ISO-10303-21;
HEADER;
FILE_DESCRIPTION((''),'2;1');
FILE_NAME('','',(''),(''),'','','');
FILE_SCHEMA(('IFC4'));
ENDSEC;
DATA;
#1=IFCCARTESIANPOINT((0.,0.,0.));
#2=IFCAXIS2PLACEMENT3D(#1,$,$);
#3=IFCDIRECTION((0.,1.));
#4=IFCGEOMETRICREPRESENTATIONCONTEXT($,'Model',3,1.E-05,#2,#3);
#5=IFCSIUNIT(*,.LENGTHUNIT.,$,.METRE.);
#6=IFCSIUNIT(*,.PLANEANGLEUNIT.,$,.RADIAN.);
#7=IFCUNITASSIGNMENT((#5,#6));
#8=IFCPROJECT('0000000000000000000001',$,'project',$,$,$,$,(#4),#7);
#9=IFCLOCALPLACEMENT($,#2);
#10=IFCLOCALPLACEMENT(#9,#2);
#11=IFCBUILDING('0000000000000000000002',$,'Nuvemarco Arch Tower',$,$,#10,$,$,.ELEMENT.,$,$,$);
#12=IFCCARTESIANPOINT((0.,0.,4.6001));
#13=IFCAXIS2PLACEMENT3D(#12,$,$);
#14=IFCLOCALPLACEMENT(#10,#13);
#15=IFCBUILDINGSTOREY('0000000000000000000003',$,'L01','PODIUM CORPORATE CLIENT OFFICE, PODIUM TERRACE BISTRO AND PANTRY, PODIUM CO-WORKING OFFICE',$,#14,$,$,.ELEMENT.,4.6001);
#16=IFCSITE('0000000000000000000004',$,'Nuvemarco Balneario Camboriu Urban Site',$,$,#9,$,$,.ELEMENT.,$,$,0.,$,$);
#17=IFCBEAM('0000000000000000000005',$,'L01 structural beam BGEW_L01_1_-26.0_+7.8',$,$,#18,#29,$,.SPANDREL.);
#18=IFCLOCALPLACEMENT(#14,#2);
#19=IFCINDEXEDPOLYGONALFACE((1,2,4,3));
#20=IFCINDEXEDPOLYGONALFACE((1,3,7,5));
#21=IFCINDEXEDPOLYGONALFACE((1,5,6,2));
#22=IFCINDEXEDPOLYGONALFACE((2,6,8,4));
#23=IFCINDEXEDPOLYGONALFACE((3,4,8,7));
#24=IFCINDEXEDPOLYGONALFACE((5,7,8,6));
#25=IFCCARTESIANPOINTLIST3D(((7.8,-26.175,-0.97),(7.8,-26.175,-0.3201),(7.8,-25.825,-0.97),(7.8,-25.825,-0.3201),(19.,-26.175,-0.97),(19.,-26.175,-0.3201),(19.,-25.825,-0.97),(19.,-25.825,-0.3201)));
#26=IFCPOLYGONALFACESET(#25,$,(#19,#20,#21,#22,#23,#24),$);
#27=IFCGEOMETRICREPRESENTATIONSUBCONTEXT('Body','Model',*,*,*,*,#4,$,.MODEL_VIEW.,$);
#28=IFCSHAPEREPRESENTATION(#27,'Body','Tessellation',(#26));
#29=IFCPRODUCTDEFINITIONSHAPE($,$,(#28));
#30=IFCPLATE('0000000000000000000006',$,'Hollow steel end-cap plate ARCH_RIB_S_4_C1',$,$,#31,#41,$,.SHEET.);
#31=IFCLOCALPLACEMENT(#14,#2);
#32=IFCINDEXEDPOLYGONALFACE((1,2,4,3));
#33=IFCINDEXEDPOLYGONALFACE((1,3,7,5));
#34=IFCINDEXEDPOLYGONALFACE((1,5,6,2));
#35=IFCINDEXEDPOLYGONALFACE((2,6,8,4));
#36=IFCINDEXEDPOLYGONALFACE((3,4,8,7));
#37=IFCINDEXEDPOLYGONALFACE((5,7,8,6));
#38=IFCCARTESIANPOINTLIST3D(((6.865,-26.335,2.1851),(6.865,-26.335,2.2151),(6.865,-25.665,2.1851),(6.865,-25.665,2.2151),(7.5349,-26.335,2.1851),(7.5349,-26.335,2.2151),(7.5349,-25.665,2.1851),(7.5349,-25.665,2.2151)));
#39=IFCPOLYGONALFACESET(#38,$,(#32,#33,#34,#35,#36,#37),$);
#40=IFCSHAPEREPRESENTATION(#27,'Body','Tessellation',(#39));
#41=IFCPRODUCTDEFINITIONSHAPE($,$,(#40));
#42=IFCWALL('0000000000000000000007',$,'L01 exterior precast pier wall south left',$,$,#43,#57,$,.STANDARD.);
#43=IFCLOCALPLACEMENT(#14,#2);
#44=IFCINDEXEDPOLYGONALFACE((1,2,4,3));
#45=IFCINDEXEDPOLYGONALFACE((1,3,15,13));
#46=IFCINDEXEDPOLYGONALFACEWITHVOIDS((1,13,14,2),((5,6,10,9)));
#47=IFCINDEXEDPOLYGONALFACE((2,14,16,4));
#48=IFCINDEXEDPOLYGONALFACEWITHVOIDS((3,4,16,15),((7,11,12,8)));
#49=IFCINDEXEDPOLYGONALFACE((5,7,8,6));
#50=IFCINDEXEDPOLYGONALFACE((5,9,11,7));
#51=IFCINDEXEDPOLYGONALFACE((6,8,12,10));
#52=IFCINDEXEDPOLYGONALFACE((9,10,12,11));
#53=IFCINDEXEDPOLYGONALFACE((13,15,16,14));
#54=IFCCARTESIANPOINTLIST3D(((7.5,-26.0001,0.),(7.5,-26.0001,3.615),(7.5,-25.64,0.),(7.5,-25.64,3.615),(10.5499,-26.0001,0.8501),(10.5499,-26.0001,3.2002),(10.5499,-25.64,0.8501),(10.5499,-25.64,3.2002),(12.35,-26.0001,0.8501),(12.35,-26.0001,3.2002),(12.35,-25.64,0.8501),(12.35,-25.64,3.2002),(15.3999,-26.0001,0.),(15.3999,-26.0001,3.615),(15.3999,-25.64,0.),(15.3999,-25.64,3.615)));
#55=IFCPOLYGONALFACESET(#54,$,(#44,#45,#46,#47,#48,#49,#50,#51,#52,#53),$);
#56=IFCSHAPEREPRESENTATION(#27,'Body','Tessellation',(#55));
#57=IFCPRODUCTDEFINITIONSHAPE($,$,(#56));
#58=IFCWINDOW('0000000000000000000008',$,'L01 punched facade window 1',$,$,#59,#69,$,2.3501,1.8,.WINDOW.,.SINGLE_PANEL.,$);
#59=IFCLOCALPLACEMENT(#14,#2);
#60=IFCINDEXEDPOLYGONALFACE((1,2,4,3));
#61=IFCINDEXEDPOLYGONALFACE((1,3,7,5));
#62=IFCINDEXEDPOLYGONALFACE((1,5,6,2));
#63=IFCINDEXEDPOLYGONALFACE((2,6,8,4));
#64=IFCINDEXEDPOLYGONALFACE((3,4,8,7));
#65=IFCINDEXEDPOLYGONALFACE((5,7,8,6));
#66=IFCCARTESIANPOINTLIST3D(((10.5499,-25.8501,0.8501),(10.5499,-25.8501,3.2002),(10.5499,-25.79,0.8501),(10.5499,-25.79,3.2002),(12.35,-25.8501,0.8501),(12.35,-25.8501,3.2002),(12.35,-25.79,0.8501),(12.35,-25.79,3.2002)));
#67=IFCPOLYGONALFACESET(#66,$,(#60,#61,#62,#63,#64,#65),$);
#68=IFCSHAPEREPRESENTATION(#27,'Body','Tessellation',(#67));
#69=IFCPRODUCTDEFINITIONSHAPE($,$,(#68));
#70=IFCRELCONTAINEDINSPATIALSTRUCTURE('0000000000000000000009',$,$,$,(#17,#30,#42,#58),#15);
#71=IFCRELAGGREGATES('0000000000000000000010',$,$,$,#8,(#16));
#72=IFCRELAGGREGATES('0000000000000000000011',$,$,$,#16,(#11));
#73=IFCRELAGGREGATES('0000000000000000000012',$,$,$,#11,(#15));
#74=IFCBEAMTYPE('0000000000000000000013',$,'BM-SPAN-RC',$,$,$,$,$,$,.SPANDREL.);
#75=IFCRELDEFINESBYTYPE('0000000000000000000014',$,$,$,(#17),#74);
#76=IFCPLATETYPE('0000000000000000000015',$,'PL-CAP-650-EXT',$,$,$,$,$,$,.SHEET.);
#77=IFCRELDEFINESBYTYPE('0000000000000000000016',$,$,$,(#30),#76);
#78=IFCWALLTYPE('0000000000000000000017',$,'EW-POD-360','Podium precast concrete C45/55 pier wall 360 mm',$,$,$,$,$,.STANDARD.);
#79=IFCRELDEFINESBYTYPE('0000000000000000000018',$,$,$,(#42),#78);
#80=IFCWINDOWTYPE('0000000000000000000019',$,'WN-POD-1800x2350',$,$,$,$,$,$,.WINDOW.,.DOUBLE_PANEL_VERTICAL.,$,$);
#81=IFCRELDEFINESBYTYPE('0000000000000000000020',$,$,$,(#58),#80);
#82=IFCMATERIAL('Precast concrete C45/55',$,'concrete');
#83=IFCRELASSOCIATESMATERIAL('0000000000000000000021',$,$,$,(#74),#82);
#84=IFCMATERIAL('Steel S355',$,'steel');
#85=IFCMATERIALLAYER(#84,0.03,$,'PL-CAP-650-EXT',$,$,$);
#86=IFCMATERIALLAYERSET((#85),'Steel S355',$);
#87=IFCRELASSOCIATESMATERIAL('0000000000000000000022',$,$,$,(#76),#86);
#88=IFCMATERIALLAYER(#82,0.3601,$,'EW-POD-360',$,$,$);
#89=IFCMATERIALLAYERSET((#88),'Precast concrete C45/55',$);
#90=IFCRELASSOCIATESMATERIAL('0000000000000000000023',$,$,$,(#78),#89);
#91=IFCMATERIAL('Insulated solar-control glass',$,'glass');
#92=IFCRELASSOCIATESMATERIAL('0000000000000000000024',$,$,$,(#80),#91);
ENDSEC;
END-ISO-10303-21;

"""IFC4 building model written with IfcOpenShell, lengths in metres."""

from ifc_helpers import new_model, si_unit, direction, frame, frame_2d, origin, origin_2d, place, context, subcontext, project, spatial, rectangle, extrude, source, transform, mapped, material, layer, layer_set, material_profile, profile_set, type_object, type_shapes, element, fill, save


model = new_model("IFC4")

# Units and contexts
model_context = context("Model", 3, precision=1e-05, world=origin(), true_north=direction((0.0, 1.0)))
body_context = subcontext(model_context, "Body", "Model", "MODEL_VIEW")
ifc_project = project(units=[si_unit("LENGTHUNIT", "METRE"), si_unit("PLANEANGLEUNIT", "RADIAN")], contexts=[model_context])

# Site, building, storey
site_placement = place(None, origin())
site = spatial("IfcSite", under=ifc_project, at=site_placement, Name="Nuvemarco Balneario Camboriu Urban Site", CompositionType="ELEMENT", RefElevation=0.0)
building_placement = place(site_placement, origin())
building = spatial("IfcBuilding", under=site, at=building_placement, Name="Nuvemarco Arch Tower", CompositionType="ELEMENT")
storey_placement = place(building_placement, frame((0.0, 0.0, 4.6001)))
storey = spatial("IfcBuildingStorey", under=building, at=storey_placement, Name="L01", Description="PODIUM CORPORATE CLIENT OFFICE, PODIUM TERRACE BISTRO AND PANTRY, PODIUM CO-WORKING OFFICE", CompositionType="ELEMENT", Elevation=4.6001)

# Beam
ifc_material_1 = material(Name="Steel S355", Category="steel")
ifc_material_2 = material(Name="Precast concrete C45/55", Category="concrete")
ifc_material_profile_1 = material_profile(ifc_material_2, rectangle(XDim=0.3501, YDim=0.6499, at=origin_2d()), Name="PC-SP-350x650")
ifc_profile_set_1 = profile_set([ifc_material_profile_1], Name="Precast concrete C45/55")
beam_type_1 = type_object("IfcBeamType", Name="BM-SPAN-RC", PredefinedType="SPANDREL", material=ifc_profile_set_1)
beam_1_placement = place(storey_placement, frame((7.8, -26.0, -0.645), z_axis=(1.0, 0.0, 0.0), x_axis=(0.0, 1.0, 0.0)))
element("IfcBeam", 1, at=beam_1_placement, inside=storey, type_object=beam_type_1, Name="L01 structural beam BGEW_L01_1_-26.0_+7.8", PredefinedType="SPANDREL", context=body_context, shape_type="SweptSolid", body=[
    extrude(rectangle(XDim=0.3501, YDim=0.6499, at=origin_2d()), origin(), (0.0, 0.0, 1.0), 11.2),
])

# Plate
ifc_layer_1 = layer(ifc_material_1, 0.03, Name="PL-CAP-650-EXT")
ifc_layer_set_1 = layer_set([ifc_layer_1], Name="Steel S355")
plate_type = type_object("IfcPlateType", Name="PL-CAP-650-EXT", PredefinedType="SHEET", material=ifc_layer_set_1)
shared_shape_1 = source(origin(), body_context, "Body", "SweptSolid", [
    extrude(rectangle(XDim=0.6699, YDim=0.6699, at=origin_2d()), origin(), (0.0, 0.0, 1.0), 0.03),
])
type_shapes(plate_type, [shared_shape_1])
plate_placement = place(storey_placement, frame((7.2, -26.0, 2.1851), z_axis=(0.0, 0.0, 1.0), x_axis=(1.0, 0.0, 0.0)))
element("IfcPlate", 2, at=plate_placement, inside=storey, type_object=plate_type, Name="Hollow steel end-cap plate ARCH_RIB_S_4_C1", PredefinedType="SHEET", context=body_context, shape_type="MappedRepresentation", body=[
    mapped(shared_shape_1, transform((0.0, 0.0, 0.0), scale=1.0)),
])

# Wall, opening, window
ifc_layer_2 = layer(ifc_material_2, 0.3601, Name="EW-POD-360")
ifc_layer_set_2 = layer_set([ifc_layer_2], Name="Precast concrete C45/55")
wall_type_1 = type_object("IfcWallType", Name="EW-POD-360", Description="Podium precast concrete C45/55 pier wall 360 mm", PredefinedType="STANDARD", material=ifc_layer_set_2)
wall_1_placement = place(storey_placement, frame((7.5, -25.8201, 0.0), z_axis=(0.0, 0.0, 1.0), x_axis=(1.0, 0.0, 0.0)))
wall_1 = element("IfcWall", 3, at=wall_1_placement, inside=storey, type_object=wall_type_1, Name="L01 exterior precast pier wall south left", PredefinedType="STANDARD", context=body_context, shape_type="SweptSolid", body=[
    extrude(rectangle(XDim=7.8999, YDim=0.3601, at=frame_2d((3.95, 0.0))), origin(), (0.0, 0.0, 1.0), 3.615),
])
opening_1_placement = place(wall_1_placement, frame((3.05, 0.0, 0.8501)))
opening_1 = element("IfcOpeningElement", 4, at=opening_1_placement, cuts=wall_1, PredefinedType="OPENING", context=body_context, shape_type="SweptSolid", body=[
    extrude(rectangle(XDim=1.8, YDim=2.3501, at=frame_2d((0.8999, 1.175))), frame((0.0, 0.1899, 0.0), z_axis=(0.0, -1.0, 0.0), x_axis=(1.0, 0.0, 0.0)), (0.0, 0.0, 1.0), 0.3801),
])
ifc_material_3 = material(Name="Insulated solar-control glass", Category="glass")
window_type_1 = type_object("IfcWindowType", Name="WN-POD-1800x2350", PartitioningType="DOUBLE_PANEL_VERTICAL", PredefinedType="WINDOW", material=ifc_material_3)
shared_shape_2 = source(origin(), body_context, "Body", "SweptSolid", [
    extrude(rectangle(XDim=1.8, YDim=2.3501, at=frame_2d((0.8999, 1.175))), frame((0.0, 0.03, 0.0), z_axis=(0.0, -1.0, 0.0), x_axis=(1.0, 0.0, 0.0)), (0.0, 0.0, 1.0), 0.0601),
])
type_shapes(window_type_1, [shared_shape_2])
window_1_placement = place(opening_1_placement, origin())
window_1 = element("IfcWindow", 5, at=window_1_placement, inside=storey, type_object=window_type_1, Name="L01 punched facade window 1", OverallHeight=2.3501, OverallWidth=1.8, PartitioningType="SINGLE_PANEL", PredefinedType="WINDOW", context=body_context, shape_type="MappedRepresentation", body=[
    mapped(shared_shape_2, transform((0.0, 0.0, 0.0), scale=1.0)),
])
fill(opening_1, window_1)

save(model, "model.ifc")
